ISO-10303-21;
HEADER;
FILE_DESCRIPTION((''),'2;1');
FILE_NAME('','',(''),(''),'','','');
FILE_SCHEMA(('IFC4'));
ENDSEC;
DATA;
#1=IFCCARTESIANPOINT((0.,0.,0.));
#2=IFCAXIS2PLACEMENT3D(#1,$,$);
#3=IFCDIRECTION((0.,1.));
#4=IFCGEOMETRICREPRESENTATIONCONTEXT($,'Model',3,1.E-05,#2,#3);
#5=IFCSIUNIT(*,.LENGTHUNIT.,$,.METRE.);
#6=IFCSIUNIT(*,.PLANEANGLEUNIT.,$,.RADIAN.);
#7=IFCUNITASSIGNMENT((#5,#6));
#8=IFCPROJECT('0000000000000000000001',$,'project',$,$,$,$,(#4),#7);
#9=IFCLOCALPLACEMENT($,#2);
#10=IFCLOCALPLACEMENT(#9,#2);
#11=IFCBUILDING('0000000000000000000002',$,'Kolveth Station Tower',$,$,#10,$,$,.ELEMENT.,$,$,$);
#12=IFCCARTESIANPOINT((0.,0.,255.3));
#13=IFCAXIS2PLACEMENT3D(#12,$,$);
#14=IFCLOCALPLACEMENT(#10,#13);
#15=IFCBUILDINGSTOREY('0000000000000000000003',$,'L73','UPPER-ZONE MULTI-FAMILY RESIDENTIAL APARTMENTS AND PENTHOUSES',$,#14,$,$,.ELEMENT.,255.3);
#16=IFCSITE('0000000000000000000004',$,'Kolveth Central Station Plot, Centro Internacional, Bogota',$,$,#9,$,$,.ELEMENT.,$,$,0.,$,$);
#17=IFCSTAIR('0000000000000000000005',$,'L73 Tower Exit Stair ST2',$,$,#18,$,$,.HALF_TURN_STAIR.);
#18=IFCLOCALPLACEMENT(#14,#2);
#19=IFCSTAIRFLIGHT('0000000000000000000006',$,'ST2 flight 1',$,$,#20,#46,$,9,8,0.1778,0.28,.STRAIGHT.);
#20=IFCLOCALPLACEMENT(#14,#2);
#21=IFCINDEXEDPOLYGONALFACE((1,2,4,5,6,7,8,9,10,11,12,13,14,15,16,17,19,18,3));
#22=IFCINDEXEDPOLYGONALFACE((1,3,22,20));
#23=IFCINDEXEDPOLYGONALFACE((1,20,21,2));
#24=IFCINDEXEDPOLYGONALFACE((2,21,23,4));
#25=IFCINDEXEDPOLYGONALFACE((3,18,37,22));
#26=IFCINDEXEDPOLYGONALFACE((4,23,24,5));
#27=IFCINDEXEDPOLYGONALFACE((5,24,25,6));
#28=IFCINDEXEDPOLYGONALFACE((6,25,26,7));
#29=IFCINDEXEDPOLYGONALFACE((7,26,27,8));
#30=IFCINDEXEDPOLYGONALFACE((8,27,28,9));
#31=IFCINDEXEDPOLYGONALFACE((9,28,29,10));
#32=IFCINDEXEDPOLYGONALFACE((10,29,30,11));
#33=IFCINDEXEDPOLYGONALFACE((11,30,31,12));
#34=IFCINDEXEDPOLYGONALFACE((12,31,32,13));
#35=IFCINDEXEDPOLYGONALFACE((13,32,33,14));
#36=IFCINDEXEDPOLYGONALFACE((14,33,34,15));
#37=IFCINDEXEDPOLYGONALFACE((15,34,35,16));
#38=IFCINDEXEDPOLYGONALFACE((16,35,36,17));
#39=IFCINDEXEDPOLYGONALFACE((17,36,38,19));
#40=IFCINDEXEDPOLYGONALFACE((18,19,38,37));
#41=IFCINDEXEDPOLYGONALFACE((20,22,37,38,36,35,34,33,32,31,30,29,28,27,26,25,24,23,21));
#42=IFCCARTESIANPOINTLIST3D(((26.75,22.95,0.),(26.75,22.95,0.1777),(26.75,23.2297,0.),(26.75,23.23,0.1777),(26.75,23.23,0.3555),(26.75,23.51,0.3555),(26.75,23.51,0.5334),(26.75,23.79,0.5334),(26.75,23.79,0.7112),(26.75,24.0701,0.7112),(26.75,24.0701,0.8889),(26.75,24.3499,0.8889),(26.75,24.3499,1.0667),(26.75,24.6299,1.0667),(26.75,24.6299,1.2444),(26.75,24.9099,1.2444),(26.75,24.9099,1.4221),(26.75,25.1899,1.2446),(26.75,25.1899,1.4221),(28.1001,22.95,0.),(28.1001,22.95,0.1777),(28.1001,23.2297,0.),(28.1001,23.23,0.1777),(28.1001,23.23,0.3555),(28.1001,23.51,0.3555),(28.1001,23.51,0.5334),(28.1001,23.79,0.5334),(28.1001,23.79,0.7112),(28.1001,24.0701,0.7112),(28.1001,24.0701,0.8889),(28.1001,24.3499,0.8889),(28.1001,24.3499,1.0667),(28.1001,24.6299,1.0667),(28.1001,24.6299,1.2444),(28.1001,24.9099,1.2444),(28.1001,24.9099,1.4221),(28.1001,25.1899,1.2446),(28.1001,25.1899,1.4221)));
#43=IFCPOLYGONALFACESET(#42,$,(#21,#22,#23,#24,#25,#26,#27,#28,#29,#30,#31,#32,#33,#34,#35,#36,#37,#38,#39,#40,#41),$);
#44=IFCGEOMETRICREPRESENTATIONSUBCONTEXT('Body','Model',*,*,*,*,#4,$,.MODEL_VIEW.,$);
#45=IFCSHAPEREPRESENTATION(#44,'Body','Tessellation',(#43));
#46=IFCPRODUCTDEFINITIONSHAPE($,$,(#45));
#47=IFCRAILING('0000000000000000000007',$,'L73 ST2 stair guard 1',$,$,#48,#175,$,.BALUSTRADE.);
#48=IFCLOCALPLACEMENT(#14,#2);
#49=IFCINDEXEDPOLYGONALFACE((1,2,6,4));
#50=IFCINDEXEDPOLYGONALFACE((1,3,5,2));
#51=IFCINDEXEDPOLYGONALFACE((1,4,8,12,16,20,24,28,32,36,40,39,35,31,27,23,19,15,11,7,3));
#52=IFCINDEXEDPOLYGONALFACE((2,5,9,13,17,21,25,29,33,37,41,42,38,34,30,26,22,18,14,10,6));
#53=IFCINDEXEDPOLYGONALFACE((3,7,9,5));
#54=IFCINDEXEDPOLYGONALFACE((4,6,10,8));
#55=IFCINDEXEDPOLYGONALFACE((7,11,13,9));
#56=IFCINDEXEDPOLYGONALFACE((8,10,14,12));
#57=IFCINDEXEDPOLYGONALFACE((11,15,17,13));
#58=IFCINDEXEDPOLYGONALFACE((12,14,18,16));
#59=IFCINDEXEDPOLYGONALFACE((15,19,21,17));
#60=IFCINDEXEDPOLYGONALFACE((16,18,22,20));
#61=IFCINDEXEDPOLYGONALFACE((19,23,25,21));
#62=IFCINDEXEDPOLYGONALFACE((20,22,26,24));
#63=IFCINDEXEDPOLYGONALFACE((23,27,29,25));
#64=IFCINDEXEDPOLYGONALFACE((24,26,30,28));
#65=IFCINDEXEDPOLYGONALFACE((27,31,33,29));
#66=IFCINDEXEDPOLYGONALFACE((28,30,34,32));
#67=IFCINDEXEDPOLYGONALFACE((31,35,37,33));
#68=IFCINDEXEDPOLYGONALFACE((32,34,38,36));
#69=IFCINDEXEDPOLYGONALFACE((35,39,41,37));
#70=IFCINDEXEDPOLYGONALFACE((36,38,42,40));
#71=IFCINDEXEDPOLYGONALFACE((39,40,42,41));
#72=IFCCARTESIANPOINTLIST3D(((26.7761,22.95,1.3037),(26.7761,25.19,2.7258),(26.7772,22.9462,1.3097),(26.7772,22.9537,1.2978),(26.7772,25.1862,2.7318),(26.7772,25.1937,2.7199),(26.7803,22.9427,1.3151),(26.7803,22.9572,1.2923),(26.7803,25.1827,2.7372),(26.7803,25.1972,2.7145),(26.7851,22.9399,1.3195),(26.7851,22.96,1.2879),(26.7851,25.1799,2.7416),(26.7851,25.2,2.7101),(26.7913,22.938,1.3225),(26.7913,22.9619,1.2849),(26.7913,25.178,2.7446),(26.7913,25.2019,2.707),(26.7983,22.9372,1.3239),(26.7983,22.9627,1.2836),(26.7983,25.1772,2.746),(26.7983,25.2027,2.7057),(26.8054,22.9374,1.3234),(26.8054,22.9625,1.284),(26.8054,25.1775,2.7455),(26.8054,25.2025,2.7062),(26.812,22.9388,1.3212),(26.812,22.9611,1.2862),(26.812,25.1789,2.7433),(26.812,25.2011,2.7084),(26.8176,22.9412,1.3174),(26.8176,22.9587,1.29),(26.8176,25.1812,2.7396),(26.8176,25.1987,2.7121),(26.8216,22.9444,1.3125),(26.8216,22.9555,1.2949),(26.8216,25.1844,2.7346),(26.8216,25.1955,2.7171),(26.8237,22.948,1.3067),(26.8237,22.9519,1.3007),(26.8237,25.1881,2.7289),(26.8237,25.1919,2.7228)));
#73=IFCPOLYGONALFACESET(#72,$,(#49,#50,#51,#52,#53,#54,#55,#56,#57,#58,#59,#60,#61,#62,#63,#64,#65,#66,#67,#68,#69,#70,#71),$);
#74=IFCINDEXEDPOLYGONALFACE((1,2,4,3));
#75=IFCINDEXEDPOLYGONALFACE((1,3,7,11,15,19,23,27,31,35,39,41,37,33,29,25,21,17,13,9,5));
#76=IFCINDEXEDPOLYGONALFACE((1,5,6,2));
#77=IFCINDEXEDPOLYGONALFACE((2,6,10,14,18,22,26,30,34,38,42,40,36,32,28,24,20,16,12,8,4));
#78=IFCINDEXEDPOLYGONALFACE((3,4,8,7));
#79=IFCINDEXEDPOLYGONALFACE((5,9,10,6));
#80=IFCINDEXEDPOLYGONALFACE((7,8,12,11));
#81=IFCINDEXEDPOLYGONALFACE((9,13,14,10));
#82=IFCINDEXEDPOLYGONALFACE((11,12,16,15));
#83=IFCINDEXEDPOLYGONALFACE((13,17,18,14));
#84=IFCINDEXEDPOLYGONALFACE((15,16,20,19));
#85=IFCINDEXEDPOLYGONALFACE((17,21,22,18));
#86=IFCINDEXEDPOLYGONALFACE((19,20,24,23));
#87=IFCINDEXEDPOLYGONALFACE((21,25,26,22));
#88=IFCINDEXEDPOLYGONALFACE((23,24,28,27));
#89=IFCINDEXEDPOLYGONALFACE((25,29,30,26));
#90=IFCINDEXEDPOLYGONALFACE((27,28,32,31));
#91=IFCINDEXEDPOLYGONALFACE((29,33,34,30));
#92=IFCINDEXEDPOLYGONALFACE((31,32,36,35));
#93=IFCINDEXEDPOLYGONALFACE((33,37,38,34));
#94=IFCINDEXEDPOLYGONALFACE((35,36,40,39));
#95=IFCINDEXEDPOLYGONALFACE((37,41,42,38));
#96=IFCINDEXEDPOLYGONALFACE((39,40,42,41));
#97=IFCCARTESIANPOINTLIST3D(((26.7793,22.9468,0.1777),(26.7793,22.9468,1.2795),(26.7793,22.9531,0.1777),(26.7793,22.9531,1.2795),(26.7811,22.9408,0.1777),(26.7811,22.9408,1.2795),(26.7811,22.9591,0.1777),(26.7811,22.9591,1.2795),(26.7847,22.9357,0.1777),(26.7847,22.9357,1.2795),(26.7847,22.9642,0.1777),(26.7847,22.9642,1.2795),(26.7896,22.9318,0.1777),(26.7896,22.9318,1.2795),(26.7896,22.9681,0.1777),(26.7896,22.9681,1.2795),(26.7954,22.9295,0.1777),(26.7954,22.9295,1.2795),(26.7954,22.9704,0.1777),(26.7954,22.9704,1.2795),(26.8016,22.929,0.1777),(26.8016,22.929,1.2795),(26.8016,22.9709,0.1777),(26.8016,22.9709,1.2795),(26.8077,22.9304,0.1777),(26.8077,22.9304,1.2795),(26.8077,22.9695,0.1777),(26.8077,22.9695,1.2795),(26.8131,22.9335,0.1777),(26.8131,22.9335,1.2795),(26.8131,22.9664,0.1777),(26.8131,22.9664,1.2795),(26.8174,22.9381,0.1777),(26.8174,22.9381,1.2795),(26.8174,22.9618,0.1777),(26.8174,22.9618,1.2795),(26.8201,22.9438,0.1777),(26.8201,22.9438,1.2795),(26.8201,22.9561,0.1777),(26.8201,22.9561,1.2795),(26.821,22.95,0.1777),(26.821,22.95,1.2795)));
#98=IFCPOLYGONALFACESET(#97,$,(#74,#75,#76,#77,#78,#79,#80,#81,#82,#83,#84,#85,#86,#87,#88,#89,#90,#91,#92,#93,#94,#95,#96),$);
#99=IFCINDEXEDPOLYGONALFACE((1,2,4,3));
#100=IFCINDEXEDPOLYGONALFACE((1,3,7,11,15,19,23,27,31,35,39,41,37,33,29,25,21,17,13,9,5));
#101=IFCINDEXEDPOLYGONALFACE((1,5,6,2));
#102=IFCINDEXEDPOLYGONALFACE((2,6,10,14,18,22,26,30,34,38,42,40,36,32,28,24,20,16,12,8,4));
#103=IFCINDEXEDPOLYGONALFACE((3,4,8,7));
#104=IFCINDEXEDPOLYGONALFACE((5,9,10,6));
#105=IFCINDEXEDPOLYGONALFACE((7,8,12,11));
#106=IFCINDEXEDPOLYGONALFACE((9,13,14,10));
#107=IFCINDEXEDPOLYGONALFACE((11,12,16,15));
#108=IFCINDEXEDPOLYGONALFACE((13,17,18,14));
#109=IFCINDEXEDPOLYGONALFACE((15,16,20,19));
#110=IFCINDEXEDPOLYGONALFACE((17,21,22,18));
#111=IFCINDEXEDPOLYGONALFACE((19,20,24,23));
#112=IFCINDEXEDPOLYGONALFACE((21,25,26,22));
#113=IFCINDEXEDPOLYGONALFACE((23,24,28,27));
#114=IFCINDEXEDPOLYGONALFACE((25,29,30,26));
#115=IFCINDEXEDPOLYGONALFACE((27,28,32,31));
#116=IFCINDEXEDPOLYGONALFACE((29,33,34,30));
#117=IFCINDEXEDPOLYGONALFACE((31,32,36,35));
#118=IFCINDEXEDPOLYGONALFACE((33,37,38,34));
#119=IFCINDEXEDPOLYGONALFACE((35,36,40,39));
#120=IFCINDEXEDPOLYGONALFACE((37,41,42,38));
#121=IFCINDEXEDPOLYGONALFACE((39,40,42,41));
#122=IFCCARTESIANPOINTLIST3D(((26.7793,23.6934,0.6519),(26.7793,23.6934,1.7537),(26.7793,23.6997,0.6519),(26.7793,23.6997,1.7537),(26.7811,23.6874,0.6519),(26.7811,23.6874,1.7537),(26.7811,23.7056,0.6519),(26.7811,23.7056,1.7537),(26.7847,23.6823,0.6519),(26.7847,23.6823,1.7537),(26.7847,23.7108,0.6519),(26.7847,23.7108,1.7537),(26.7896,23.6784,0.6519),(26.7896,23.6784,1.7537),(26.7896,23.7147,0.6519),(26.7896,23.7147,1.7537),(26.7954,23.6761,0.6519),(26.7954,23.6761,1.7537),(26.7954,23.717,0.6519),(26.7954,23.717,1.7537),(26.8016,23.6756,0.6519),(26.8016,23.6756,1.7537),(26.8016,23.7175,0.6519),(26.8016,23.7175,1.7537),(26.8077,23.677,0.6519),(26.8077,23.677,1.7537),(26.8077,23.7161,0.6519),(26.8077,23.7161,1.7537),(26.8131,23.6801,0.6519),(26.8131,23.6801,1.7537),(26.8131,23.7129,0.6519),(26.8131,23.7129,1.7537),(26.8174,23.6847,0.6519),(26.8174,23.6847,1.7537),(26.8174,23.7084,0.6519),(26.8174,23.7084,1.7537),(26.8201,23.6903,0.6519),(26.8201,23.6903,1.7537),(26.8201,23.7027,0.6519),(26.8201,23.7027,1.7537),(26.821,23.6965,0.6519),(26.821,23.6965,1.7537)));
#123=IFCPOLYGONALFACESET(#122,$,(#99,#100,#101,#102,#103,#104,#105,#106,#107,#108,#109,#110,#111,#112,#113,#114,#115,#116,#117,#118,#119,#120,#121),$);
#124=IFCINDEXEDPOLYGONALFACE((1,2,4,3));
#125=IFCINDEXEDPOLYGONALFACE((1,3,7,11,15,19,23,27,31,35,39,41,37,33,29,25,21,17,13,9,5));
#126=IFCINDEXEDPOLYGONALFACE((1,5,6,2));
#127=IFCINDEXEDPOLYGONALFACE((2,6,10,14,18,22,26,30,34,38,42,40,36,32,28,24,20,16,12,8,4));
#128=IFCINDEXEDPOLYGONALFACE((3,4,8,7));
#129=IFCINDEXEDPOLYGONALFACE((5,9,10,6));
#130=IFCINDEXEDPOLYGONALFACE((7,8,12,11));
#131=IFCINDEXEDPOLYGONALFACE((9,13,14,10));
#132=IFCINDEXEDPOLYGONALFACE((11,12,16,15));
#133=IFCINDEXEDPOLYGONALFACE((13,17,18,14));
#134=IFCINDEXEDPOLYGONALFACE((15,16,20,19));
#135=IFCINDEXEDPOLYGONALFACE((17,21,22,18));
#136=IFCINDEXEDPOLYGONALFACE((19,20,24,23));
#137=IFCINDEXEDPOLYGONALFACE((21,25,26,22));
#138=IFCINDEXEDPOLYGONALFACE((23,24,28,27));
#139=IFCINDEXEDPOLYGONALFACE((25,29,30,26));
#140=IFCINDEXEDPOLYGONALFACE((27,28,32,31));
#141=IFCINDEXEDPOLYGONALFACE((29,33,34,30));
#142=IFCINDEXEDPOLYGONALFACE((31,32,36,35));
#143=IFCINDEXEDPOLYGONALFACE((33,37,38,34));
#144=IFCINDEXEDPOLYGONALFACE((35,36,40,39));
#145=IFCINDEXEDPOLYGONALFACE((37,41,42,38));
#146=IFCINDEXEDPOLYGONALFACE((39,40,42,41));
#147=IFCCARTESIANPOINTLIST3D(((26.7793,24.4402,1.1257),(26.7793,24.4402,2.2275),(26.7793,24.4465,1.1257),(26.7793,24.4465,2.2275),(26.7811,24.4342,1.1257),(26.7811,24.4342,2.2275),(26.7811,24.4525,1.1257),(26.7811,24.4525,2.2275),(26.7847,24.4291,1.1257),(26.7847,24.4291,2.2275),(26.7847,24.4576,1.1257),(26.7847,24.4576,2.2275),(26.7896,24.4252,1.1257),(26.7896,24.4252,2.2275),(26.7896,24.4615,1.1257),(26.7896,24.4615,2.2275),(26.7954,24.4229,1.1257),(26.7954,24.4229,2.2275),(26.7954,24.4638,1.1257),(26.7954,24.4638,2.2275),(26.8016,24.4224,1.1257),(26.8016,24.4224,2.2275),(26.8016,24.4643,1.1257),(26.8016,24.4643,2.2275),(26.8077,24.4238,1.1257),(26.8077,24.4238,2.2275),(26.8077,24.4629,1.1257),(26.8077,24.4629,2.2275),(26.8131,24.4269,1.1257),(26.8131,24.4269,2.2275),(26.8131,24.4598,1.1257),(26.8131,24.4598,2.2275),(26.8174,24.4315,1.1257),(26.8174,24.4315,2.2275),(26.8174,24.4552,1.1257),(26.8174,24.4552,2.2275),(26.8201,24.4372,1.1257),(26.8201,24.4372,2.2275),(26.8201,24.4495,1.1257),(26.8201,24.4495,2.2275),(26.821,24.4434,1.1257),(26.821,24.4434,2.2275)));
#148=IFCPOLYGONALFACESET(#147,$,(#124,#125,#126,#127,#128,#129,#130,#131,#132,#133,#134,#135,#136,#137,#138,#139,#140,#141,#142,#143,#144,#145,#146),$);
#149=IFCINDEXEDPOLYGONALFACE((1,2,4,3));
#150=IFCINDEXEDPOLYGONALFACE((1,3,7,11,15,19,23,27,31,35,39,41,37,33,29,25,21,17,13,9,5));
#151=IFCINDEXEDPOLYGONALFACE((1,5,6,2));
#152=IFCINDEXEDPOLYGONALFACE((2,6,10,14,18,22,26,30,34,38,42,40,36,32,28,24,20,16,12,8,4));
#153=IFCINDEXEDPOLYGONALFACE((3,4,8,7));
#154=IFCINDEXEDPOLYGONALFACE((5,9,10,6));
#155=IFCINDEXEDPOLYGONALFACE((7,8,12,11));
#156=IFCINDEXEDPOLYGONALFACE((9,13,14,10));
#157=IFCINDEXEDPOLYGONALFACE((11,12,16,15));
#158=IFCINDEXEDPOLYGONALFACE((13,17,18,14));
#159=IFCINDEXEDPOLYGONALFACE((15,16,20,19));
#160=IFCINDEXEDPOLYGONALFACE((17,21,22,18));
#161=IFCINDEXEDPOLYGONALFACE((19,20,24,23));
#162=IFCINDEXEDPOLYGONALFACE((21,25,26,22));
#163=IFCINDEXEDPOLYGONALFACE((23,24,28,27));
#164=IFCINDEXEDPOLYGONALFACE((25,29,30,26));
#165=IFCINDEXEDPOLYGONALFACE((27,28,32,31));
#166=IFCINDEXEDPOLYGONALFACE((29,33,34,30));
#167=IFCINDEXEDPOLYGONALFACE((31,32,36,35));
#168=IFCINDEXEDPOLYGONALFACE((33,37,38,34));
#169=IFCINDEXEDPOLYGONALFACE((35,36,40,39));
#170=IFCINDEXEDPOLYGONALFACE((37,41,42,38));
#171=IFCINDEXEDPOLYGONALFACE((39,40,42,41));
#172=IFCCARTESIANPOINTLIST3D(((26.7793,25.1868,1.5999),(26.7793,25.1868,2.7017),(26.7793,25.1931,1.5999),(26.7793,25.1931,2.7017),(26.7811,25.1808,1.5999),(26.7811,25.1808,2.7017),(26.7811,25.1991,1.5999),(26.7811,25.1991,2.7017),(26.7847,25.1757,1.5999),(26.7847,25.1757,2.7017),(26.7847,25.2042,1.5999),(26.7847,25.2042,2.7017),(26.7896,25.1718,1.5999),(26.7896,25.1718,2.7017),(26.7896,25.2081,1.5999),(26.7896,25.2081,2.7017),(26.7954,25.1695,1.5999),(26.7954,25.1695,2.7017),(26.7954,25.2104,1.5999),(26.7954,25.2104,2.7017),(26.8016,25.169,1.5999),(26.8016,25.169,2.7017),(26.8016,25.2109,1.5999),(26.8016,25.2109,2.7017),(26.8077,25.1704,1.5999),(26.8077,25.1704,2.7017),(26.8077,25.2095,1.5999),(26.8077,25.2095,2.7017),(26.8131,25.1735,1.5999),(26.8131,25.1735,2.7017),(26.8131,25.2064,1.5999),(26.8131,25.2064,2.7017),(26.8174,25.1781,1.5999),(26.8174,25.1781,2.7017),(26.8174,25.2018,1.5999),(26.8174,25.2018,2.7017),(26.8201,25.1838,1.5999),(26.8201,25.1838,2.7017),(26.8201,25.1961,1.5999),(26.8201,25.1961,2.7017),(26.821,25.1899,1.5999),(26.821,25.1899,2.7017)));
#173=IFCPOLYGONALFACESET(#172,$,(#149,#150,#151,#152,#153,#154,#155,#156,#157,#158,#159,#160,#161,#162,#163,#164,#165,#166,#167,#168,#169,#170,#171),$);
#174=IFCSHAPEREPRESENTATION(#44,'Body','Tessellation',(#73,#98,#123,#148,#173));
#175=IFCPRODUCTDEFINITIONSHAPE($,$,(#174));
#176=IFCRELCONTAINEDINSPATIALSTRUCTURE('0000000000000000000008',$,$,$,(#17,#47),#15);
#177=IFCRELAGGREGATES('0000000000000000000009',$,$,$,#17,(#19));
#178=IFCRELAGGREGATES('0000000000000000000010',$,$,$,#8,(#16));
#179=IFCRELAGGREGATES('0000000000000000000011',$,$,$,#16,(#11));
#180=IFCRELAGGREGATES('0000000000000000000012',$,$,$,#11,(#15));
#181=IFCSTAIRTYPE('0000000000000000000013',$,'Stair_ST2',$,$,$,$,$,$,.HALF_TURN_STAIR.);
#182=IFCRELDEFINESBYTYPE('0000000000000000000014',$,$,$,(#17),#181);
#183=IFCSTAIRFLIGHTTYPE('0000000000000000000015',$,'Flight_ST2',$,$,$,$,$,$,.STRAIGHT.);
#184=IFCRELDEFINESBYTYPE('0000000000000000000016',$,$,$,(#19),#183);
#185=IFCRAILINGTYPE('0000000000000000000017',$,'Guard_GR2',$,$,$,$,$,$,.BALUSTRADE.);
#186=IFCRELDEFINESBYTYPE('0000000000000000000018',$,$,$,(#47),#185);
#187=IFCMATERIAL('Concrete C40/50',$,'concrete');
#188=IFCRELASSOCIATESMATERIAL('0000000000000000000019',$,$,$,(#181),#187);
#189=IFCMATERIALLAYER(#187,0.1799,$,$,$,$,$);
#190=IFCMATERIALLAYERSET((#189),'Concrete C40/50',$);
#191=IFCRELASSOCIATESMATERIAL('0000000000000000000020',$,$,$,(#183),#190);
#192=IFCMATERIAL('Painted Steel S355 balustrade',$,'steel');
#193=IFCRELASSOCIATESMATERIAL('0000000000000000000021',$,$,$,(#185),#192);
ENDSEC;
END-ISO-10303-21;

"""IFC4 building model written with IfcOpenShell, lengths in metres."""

from ifc_helpers import new_model, si_unit, direction, frame, origin, origin_2d, place, context, subcontext, project, spatial, polyline, circle, outline, extrude, material, layer, layer_set, type_object, element, aggregate, save


model = new_model("IFC4")

# Units and contexts
model_context = context("Model", 3, precision=1e-05, world=origin(), true_north=direction((0.0, 1.0)))
body_context = subcontext(model_context, "Body", "Model", "MODEL_VIEW")
ifc_project = project(units=[si_unit("LENGTHUNIT", "METRE"), si_unit("PLANEANGLEUNIT", "RADIAN")], contexts=[model_context])

# Site, building, storey
site_placement = place(None, origin())
site = spatial("IfcSite", under=ifc_project, at=site_placement, Name="Kolveth Central Station Plot, Centro Internacional, Bogota", CompositionType="ELEMENT", RefElevation=0.0)
building_placement = place(site_placement, origin())
building = spatial("IfcBuilding", under=site, at=building_placement, Name="Kolveth Station Tower", CompositionType="ELEMENT")
storey_placement = place(building_placement, frame((0.0, 0.0, 255.3)))
storey = spatial("IfcBuildingStorey", under=building, at=storey_placement, Name="L73", Description="UPPER-ZONE MULTI-FAMILY RESIDENTIAL APARTMENTS AND PENTHOUSES", CompositionType="ELEMENT", Elevation=255.3)

# Shared definitions
ifc_material_1 = material(Name="Concrete C40/50", Category="concrete")

# Stair, stair flight
stair_type = type_object("IfcStairType", Name="Stair_ST2", PredefinedType="HALF_TURN_STAIR", material=ifc_material_1)
stair_placement = place(storey_placement, origin())
stair = element("IfcStair", 1, at=stair_placement, inside=storey, type_object=stair_type, Name="L73 Tower Exit Stair ST2", PredefinedType="HALF_TURN_STAIR")
ifc_layer_1 = layer(ifc_material_1, 0.1799)
ifc_layer_set_1 = layer_set([ifc_layer_1], Name="Concrete C40/50")
stair_flight_type = type_object("IfcStairFlightType", Name="Flight_ST2", PredefinedType="STRAIGHT", material=ifc_layer_set_1)
stair_flight_placement = place(storey_placement, frame((27.425, 22.95, 0.0), z_axis=(0.0, 0.0, 1.0), x_axis=(0.0, 1.0, 0.0)))
stair_flight = element("IfcStairFlight", 2, at=stair_flight_placement, type_object=stair_flight_type, Name="ST2 flight 1", NumberOfRisers=9, NumberOfTreads=8, PredefinedType="STRAIGHT", RiserHeight=0.1778, TreadLength=0.28, context=body_context, shape_type="SweptSolid", body=[
    extrude(outline(polyline([(0.0, 0.0), (0.0, 0.1777), (0.28, 0.1777), (0.28, 0.3555), (0.5601, 0.3555), (0.5601, 0.5334), (0.8401, 0.5334), (0.8401, 0.7112), (1.1201, 0.7112), (1.1201, 0.8889), (1.3999, 0.8889), (1.3999, 1.0667), (1.6799, 1.0667), (1.6799, 1.2444), (1.96, 1.2444), (1.96, 1.4221), (2.24, 1.4221), (2.24, 1.6001), (2.24, 1.2446), (0.2798, 0.0), (0.0, 0.0)])), frame((0.0, 0.675, 0.0), z_axis=(0.0, -1.0, 0.0), x_axis=(1.0, 0.0, 0.0)), (0.0, 0.0, 1.0), 1.3501),
])
aggregate(stair, [stair_flight])

# Railing
ifc_material_2 = material(Name="Painted Steel S355 balustrade", Category="steel")
railing_type_1 = type_object("IfcRailingType", Name="Guard_GR2", PredefinedType="BALUSTRADE", material=ifc_material_2)
railing_1_placement = place(storey_placement, frame((26.8, 22.95, 0.1777)))
element("IfcRailing", 3, at=railing_1_placement, inside=storey, type_object=railing_type_1, Name="L73 ST2 stair guard 1", PredefinedType="BALUSTRADE", context=body_context, shape_type="SweptSolid", body=[
    extrude(circle(Radius=0.0239, at=origin_2d()), frame((0.0, 0.0, 1.126), z_axis=(0.0, 0.844229, 0.535982), x_axis=(-1.0, 0.0, 0.0)), (0.0, 0.0, 1.0), 2.6533),
    extrude(circle(Radius=0.021, at=origin_2d()), origin(), (0.0, 0.0, 1.0), 1.1018),
    extrude(circle(Radius=0.021, at=origin_2d()), frame((0.0, 0.7466, 0.4741)), (0.0, 0.0, 1.0), 1.1018),
    extrude(circle(Radius=0.021, at=origin_2d()), frame((0.0, 1.4934, 0.948)), (0.0, 0.0, 1.0), 1.1018),
    extrude(circle(Radius=0.021, at=origin_2d()), frame((0.0, 2.24, 1.4221)), (0.0, 0.0, 1.0), 1.1018),
])

save(model, "model.ifc")
